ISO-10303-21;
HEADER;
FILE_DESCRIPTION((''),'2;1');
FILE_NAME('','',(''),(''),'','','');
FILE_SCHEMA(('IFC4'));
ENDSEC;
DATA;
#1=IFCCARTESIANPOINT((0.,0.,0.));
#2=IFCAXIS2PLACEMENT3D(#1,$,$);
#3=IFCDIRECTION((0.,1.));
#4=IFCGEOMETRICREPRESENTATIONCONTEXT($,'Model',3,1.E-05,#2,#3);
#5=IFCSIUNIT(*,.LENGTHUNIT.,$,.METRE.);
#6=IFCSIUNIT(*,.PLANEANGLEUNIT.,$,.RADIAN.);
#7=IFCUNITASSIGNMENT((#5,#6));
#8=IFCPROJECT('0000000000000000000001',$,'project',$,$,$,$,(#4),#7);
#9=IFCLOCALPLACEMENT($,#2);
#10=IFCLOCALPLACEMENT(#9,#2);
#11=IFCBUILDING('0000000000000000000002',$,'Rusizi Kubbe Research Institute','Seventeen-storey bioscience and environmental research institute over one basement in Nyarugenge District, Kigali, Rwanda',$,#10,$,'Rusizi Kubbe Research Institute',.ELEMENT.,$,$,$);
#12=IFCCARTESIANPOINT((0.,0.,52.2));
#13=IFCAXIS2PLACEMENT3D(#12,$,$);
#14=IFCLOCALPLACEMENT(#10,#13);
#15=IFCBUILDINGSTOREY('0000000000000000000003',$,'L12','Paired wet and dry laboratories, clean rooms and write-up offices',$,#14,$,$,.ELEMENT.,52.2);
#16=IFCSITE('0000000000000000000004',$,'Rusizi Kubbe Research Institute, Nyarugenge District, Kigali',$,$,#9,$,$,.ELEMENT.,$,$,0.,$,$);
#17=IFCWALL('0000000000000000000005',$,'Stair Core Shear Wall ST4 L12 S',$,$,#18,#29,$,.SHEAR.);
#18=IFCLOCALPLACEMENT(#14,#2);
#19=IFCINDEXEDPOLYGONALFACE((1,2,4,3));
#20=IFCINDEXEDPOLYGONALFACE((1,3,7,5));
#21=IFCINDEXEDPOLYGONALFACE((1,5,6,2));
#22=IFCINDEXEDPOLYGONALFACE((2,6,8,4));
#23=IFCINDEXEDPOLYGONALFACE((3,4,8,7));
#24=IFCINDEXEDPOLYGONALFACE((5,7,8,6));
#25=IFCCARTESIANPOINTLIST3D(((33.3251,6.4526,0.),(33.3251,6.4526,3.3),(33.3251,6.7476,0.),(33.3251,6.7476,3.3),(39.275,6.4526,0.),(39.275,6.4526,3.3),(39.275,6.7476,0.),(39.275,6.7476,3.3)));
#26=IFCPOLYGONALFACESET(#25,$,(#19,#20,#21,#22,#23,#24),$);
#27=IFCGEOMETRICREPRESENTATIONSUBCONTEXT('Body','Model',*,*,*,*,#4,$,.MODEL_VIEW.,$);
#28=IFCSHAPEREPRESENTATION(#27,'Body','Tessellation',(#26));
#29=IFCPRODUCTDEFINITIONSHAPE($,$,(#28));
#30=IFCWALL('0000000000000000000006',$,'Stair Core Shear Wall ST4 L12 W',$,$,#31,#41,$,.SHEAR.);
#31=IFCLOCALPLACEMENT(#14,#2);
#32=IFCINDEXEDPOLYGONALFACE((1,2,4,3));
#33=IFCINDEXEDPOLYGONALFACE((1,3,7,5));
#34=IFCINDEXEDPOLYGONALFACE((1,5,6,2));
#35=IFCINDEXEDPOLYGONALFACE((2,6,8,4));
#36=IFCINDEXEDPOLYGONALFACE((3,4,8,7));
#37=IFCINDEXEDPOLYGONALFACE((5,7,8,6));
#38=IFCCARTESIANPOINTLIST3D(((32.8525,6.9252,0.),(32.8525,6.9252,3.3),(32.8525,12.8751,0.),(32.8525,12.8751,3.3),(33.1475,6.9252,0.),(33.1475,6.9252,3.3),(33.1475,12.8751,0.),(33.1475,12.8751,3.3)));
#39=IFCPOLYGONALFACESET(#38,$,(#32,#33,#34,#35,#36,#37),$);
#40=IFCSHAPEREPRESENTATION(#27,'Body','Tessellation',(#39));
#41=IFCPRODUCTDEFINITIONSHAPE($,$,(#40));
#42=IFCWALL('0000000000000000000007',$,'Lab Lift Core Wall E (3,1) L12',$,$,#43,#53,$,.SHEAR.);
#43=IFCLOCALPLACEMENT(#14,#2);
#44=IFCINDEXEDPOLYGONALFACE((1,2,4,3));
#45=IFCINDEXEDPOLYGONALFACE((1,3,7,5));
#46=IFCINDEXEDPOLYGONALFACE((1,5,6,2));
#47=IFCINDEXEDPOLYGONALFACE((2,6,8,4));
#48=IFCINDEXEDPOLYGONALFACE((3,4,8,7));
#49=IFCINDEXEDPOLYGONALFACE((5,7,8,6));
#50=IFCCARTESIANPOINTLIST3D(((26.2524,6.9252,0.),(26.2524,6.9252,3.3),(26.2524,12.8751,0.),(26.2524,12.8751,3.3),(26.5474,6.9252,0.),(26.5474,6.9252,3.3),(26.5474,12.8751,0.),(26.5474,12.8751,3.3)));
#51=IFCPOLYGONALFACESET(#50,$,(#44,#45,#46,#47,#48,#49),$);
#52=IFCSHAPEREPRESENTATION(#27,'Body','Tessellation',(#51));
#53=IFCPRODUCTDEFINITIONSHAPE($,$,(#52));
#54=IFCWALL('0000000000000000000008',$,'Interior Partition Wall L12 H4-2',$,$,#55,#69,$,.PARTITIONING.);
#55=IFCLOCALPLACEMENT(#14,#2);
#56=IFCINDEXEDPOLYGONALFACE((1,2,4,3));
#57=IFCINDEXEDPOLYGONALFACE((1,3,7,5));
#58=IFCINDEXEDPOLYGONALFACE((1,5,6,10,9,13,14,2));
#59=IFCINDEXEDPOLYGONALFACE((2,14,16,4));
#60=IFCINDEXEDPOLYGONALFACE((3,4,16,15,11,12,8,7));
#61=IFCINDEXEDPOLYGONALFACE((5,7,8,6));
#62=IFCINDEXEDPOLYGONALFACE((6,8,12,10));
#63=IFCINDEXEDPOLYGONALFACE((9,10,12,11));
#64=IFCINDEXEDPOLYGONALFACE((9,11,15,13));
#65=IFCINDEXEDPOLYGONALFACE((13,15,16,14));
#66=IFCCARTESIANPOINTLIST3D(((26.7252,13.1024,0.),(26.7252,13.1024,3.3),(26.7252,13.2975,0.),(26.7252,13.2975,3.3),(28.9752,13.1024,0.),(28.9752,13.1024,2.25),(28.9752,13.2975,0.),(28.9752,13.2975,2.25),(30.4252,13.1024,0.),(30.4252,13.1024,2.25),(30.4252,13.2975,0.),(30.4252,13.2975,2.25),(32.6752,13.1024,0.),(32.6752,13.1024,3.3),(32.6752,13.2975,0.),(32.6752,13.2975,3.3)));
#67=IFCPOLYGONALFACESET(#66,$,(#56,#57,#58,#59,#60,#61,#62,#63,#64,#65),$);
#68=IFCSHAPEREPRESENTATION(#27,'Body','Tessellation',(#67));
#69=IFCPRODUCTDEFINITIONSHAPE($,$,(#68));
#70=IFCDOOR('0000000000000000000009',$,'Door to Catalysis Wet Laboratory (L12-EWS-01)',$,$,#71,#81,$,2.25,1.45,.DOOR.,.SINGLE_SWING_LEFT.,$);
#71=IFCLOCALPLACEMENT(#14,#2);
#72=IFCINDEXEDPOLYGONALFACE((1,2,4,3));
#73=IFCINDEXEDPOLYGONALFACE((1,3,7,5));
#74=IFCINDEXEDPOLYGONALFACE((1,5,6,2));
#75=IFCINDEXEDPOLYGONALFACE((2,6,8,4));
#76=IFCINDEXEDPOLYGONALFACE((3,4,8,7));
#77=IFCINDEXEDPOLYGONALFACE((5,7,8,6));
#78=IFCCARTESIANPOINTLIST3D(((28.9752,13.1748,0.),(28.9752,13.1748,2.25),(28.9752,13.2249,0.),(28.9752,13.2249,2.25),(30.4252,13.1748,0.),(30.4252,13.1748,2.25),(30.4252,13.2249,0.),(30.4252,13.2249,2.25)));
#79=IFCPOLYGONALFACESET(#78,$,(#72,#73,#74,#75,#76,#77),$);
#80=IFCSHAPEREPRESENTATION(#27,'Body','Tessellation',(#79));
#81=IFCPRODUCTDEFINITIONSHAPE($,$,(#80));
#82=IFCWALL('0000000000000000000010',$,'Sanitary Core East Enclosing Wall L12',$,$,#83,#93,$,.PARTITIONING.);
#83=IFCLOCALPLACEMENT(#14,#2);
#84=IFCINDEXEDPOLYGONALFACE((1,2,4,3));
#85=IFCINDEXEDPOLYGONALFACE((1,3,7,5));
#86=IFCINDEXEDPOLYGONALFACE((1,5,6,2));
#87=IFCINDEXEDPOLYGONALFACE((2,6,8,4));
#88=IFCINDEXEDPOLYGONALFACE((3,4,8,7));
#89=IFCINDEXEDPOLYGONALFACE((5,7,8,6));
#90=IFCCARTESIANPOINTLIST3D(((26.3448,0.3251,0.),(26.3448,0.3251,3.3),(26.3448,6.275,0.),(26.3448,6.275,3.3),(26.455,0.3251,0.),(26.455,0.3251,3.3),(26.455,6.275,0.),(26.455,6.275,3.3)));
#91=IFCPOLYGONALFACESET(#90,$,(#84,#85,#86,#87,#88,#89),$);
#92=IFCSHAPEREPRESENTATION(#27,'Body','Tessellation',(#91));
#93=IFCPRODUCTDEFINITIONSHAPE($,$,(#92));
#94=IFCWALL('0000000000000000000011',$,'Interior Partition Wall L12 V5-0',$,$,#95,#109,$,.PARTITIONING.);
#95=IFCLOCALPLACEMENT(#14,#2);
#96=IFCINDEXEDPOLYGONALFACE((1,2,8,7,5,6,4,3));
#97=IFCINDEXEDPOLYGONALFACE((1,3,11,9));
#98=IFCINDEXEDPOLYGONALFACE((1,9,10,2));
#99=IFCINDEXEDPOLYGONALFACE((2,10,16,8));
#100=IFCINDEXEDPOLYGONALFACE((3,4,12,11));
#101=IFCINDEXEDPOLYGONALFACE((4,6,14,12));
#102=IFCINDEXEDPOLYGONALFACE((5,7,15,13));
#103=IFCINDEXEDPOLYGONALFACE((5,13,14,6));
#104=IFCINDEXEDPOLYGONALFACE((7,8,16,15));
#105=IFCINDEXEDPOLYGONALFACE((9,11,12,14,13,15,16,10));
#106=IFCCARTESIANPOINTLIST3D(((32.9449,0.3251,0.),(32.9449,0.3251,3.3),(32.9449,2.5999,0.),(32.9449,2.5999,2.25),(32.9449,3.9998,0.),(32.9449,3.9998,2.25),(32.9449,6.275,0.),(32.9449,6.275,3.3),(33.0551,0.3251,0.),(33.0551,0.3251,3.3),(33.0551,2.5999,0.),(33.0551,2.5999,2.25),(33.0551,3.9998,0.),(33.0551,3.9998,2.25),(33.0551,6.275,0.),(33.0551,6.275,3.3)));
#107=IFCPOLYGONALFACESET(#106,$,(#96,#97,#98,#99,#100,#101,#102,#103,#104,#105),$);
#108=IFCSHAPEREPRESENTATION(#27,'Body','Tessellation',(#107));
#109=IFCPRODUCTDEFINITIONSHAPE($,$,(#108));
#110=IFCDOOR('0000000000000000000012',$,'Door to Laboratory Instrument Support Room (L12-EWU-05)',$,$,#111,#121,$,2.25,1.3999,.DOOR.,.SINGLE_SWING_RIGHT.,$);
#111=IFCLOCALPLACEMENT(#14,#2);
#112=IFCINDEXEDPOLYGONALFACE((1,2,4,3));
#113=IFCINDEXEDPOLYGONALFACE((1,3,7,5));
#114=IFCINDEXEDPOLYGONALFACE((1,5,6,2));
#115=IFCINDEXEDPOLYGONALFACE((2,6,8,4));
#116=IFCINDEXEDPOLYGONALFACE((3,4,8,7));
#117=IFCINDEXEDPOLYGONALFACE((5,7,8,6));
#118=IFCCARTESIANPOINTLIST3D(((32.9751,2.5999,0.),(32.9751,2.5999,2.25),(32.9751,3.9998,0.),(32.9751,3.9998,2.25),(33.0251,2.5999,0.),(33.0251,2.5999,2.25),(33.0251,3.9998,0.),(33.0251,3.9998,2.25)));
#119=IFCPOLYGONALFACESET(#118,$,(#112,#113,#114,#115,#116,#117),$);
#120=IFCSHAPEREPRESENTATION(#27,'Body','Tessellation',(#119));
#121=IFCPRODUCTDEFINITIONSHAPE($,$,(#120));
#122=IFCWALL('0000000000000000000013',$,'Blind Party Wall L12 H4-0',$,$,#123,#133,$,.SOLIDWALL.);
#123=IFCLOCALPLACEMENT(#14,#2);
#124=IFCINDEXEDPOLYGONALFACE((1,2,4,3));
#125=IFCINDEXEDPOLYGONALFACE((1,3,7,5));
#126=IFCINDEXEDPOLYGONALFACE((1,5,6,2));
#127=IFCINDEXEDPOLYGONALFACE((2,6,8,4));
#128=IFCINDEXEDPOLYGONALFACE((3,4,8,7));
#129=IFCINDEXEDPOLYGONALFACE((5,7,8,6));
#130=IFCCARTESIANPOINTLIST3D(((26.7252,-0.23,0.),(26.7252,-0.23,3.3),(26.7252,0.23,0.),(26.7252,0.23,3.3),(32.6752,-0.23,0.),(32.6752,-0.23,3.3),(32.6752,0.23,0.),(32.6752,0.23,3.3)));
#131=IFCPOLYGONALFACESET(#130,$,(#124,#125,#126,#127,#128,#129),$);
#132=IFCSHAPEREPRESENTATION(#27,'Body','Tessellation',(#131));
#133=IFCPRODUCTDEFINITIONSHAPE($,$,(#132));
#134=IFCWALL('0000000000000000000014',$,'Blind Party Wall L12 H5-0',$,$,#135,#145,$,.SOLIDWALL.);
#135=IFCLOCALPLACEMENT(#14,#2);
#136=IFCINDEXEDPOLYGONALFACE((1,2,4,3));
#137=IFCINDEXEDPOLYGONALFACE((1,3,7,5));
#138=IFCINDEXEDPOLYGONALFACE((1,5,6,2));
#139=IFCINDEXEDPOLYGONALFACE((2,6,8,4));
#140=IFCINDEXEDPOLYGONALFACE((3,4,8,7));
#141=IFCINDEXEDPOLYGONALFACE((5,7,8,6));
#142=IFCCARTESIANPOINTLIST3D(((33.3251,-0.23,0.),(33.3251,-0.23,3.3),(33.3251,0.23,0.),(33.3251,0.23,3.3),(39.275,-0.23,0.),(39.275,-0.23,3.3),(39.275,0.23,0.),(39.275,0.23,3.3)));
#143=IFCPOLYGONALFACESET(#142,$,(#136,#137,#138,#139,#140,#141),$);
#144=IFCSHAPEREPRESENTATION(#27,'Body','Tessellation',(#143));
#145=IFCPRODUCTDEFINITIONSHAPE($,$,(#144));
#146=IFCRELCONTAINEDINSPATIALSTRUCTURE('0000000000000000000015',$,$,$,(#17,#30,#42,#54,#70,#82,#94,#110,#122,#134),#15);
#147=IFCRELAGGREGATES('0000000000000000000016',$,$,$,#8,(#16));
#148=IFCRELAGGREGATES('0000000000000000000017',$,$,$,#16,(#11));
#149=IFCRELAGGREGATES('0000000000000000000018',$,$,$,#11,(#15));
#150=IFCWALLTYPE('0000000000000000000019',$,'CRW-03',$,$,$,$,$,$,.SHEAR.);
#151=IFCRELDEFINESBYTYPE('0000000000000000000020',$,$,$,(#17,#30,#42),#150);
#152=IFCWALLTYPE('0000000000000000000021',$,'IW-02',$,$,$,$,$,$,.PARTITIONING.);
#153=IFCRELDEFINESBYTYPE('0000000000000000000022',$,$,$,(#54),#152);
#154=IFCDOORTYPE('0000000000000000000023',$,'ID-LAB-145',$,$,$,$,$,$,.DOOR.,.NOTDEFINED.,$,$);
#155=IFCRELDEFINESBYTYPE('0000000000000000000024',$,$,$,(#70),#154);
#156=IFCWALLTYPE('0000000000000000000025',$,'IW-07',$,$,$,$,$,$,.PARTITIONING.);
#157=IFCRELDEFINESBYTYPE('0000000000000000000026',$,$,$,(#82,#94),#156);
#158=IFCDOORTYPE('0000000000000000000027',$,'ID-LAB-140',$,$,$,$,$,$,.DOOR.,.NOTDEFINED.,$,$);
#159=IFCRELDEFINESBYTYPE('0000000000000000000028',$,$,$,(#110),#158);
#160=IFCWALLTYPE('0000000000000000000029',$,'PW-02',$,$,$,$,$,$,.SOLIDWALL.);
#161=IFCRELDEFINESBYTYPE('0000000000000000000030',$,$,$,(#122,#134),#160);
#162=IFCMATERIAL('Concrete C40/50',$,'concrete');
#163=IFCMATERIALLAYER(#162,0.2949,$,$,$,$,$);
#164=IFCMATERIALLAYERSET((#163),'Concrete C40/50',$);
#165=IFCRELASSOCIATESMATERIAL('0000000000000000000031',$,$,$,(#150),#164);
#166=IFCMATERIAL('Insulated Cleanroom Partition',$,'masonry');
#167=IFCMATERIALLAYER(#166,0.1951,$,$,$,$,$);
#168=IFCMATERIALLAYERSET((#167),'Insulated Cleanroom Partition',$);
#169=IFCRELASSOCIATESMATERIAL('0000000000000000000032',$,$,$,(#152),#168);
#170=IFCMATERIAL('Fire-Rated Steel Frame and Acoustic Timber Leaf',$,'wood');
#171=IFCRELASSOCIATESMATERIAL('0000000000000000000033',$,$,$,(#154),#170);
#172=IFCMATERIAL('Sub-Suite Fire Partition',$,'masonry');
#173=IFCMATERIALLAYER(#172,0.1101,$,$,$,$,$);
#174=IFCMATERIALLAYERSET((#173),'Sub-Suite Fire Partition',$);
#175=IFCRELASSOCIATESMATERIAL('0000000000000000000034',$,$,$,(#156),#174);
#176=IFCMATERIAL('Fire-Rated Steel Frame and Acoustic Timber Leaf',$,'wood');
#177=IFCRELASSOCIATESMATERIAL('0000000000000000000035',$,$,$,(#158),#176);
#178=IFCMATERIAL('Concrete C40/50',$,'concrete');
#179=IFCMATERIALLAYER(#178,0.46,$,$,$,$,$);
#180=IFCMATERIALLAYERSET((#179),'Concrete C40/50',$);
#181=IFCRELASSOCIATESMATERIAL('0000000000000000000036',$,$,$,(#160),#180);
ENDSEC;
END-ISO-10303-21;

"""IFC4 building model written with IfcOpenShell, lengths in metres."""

from ifc_helpers import new_model, si_unit, direction, frame, frame_2d, origin, place, context, subcontext, project, spatial, rectangle, extrude, material, layer, layer_set, type_object, element, fill, save


model = new_model("IFC4")

# Units and contexts
model_context = context("Model", 3, precision=1e-05, world=origin(), true_north=direction((0.0, 1.0)))
body_context = subcontext(model_context, "Body", "Model", "MODEL_VIEW")
ifc_project = project(units=[si_unit("LENGTHUNIT", "METRE"), si_unit("PLANEANGLEUNIT", "RADIAN")], contexts=[model_context])

# Site, building, storey
site_placement = place(None, origin())
site = spatial("IfcSite", under=ifc_project, at=site_placement, Name="Rusizi Kubbe Research Institute, Nyarugenge District, Kigali", CompositionType="ELEMENT", RefElevation=0.0)
building_placement = place(site_placement, origin())
building = spatial("IfcBuilding", under=site, at=building_placement, Name="Rusizi Kubbe Research Institute", Description="Seventeen-storey bioscience and environmental research institute over one basement in Nyarugenge District, Kigali, Rwanda", LongName="Rusizi Kubbe Research Institute", CompositionType="ELEMENT")
storey_placement = place(building_placement, frame((0.0, 0.0, 52.2)))
storey = spatial("IfcBuildingStorey", under=building, at=storey_placement, Name="L12", Description="Paired wet and dry laboratories, clean rooms and write-up offices", CompositionType="ELEMENT", Elevation=52.2)

# Walls
ifc_material_1 = material(Name="Concrete C40/50", Category="concrete")
ifc_layer_1 = layer(ifc_material_1, 0.2949)
ifc_layer_set_1 = layer_set([ifc_layer_1], Name="Concrete C40/50")
wall_type_1 = type_object("IfcWallType", Name="CRW-03", PredefinedType="SHEAR", material=ifc_layer_set_1)
for number, where, z_axis, x_axis, name in (
    (1, (33.325, 6.6001, 0.0), (0.0, 0.0, 1.0), (1.0, 0.0, 0.0), "Stair Core Shear Wall ST4 L12 S"),
    (2, (33.0, 6.925, 0.0), (0.0, 0.0, 1.0), (0.0, 1.0, 0.0), "Stair Core Shear Wall ST4 L12 W"),
    (3, (26.3999, 6.925, 0.0), (0.0, 0.0, 1.0), (0.0, 1.0, 0.0), "Lab Lift Core Wall E (3,1) L12"),
):
    element("IfcWall", number, at=place(storey_placement, frame(where, z_axis=z_axis, x_axis=x_axis)), inside=storey, type_object=wall_type_1, Name=name, PredefinedType="SHEAR", context=body_context, shape_type="SweptSolid", body=[
        extrude(rectangle(XDim=5.95, YDim=0.2949, at=frame_2d((2.9751, 0.0))), origin(), (0.0, 0.0, 1.0), 3.3),
    ])

# Wall, opening, door
ifc_material_2 = material(Name="Insulated Cleanroom Partition", Category="masonry")
ifc_layer_2 = layer(ifc_material_2, 0.1951)
ifc_layer_set_2 = layer_set([ifc_layer_2], Name="Insulated Cleanroom Partition")
wall_type_2 = type_object("IfcWallType", Name="IW-02", PredefinedType="PARTITIONING", material=ifc_layer_set_2)
wall_1_placement = place(storey_placement, frame((26.7251, 13.2, 0.0), z_axis=(0.0, 0.0, 1.0), x_axis=(1.0, 0.0, 0.0)))
wall_1 = element("IfcWall", 4, at=wall_1_placement, inside=storey, type_object=wall_type_2, Name="Interior Partition Wall L12 H4-2", PredefinedType="PARTITIONING", context=body_context, shape_type="SweptSolid", body=[
    extrude(rectangle(XDim=5.95, YDim=0.1951, at=frame_2d((2.9751, 0.0))), origin(), (0.0, 0.0, 1.0), 3.3),
])
opening_1_placement = place(wall_1_placement, frame((2.25, 0.0, 0.0)))
opening_1 = element("IfcOpeningElement", 5, at=opening_1_placement, cuts=wall_1, PredefinedType="OPENING", context=body_context, shape_type="SweptSolid", body=[
    extrude(rectangle(XDim=1.45, YDim=2.25, at=frame_2d((0.7251, 1.125))), frame((0.0, 0.1074, 0.0), z_axis=(0.0, -1.0, 0.0), x_axis=(1.0, 0.0, 0.0)), (0.0, 0.0, 1.0), 0.2151),
])
ifc_material_3 = material(Name="Fire-Rated Steel Frame and Acoustic Timber Leaf", Category="wood")
door_type_1 = type_object("IfcDoorType", Name="ID-LAB-145", OperationType="NOTDEFINED", PredefinedType="DOOR", material=ifc_material_3)
door_1_placement = place(opening_1_placement, origin())
door_1 = element("IfcDoor", 6, at=door_1_placement, inside=storey, type_object=door_type_1, Name="Door to Catalysis Wet Laboratory (L12-EWS-01)", OperationType="SINGLE_SWING_LEFT", OverallHeight=2.25, OverallWidth=1.45, PredefinedType="DOOR", context=body_context, shape_type="SweptSolid", body=[
    extrude(rectangle(XDim=1.45, YDim=2.25, at=frame_2d((0.7251, 1.125))), frame((0.0, 0.0249, 0.0), z_axis=(0.0, -1.0, 0.0), x_axis=(1.0, 0.0, 0.0)), (0.0, 0.0, 1.0), 0.05),
])
fill(opening_1, door_1)

# Wall
ifc_material_4 = material(Name="Sub-Suite Fire Partition", Category="masonry")
ifc_layer_3 = layer(ifc_material_4, 0.1101)
ifc_layer_set_3 = layer_set([ifc_layer_3], Name="Sub-Suite Fire Partition")
wall_type_3 = type_object("IfcWallType", Name="IW-07", PredefinedType="PARTITIONING", material=ifc_layer_set_3)
wall_2_placement = place(storey_placement, frame((26.3999, 0.325, 0.0), z_axis=(0.0, 0.0, 1.0), x_axis=(0.0, 1.0, 0.0)))
element("IfcWall", 7, at=wall_2_placement, inside=storey, type_object=wall_type_3, Name="Sanitary Core East Enclosing Wall L12", PredefinedType="PARTITIONING", context=body_context, shape_type="SweptSolid", body=[
    extrude(rectangle(XDim=5.95, YDim=0.1101, at=frame_2d((2.9751, 0.0))), origin(), (0.0, 0.0, 1.0), 3.3),
])

# Wall, opening, door
wall_3_placement = place(storey_placement, frame((33.0, 0.325, 0.0), z_axis=(0.0, 0.0, 1.0), x_axis=(0.0, 1.0, 0.0)))
wall_3 = element("IfcWall", 8, at=wall_3_placement, inside=storey, type_object=wall_type_3, Name="Interior Partition Wall L12 V5-0", PredefinedType="PARTITIONING", context=body_context, shape_type="SweptSolid", body=[
    extrude(rectangle(XDim=5.95, YDim=0.1101, at=frame_2d((2.9751, 0.0))), origin(), (0.0, 0.0, 1.0), 3.3),
])
opening_2_placement = place(wall_3_placement, frame((2.2749, 0.0, 0.0)))
opening_2 = element("IfcOpeningElement", 9, at=opening_2_placement, cuts=wall_3, PredefinedType="OPENING", context=body_context, shape_type="SweptSolid", body=[
    extrude(rectangle(XDim=1.3999, YDim=2.25, at=frame_2d((0.7, 1.125))), frame((0.0, 0.0649, 0.0), z_axis=(0.0, -1.0, 0.0), x_axis=(1.0, 0.0, 0.0)), (0.0, 0.0, 1.0), 0.1301),
])
ifc_material_5 = material(Name="Fire-Rated Steel Frame and Acoustic Timber Leaf", Category="wood")
door_type_2 = type_object("IfcDoorType", Name="ID-LAB-140", OperationType="NOTDEFINED", PredefinedType="DOOR", material=ifc_material_5)
door_2_placement = place(opening_2_placement, origin())
door_2 = element("IfcDoor", 10, at=door_2_placement, inside=storey, type_object=door_type_2, Name="Door to Laboratory Instrument Support Room (L12-EWU-05)", OperationType="SINGLE_SWING_RIGHT", OverallHeight=2.25, OverallWidth=1.3999, PredefinedType="DOOR", context=body_context, shape_type="SweptSolid", body=[
    extrude(rectangle(XDim=1.3999, YDim=2.25, at=frame_2d((0.7, 1.125))), frame((0.0, 0.0249, 0.0), z_axis=(0.0, -1.0, 0.0), x_axis=(1.0, 0.0, 0.0)), (0.0, 0.0, 1.0), 0.05),
])
fill(opening_2, door_2)

# Walls
ifc_material_6 = material(Name="Concrete C40/50", Category="concrete")
ifc_layer_4 = layer(ifc_material_6, 0.46)
ifc_layer_set_4 = layer_set([ifc_layer_4], Name="Concrete C40/50")
wall_type_4 = type_object("IfcWallType", Name="PW-02", PredefinedType="SOLIDWALL", material=ifc_layer_set_4)
for number, where, z_axis, x_axis, name in (
    (11, (26.7251, 0.0, 0.0), (0.0, 0.0, 1.0), (1.0, 0.0, 0.0), "Blind Party Wall L12 H4-0"),
    (12, (33.325, 0.0, 0.0), (0.0, 0.0, 1.0), (1.0, 0.0, 0.0), "Blind Party Wall L12 H5-0"),
):
    element("IfcWall", number, at=place(storey_placement, frame(where, z_axis=z_axis, x_axis=x_axis)), inside=storey, type_object=wall_type_4, Name=name, PredefinedType="SOLIDWALL", context=body_context, shape_type="SweptSolid", body=[
        extrude(rectangle(XDim=5.95, YDim=0.46, at=frame_2d((2.9751, 0.0))), origin(), (0.0, 0.0, 1.0), 3.3),
    ])

save(model, "model.ifc")
